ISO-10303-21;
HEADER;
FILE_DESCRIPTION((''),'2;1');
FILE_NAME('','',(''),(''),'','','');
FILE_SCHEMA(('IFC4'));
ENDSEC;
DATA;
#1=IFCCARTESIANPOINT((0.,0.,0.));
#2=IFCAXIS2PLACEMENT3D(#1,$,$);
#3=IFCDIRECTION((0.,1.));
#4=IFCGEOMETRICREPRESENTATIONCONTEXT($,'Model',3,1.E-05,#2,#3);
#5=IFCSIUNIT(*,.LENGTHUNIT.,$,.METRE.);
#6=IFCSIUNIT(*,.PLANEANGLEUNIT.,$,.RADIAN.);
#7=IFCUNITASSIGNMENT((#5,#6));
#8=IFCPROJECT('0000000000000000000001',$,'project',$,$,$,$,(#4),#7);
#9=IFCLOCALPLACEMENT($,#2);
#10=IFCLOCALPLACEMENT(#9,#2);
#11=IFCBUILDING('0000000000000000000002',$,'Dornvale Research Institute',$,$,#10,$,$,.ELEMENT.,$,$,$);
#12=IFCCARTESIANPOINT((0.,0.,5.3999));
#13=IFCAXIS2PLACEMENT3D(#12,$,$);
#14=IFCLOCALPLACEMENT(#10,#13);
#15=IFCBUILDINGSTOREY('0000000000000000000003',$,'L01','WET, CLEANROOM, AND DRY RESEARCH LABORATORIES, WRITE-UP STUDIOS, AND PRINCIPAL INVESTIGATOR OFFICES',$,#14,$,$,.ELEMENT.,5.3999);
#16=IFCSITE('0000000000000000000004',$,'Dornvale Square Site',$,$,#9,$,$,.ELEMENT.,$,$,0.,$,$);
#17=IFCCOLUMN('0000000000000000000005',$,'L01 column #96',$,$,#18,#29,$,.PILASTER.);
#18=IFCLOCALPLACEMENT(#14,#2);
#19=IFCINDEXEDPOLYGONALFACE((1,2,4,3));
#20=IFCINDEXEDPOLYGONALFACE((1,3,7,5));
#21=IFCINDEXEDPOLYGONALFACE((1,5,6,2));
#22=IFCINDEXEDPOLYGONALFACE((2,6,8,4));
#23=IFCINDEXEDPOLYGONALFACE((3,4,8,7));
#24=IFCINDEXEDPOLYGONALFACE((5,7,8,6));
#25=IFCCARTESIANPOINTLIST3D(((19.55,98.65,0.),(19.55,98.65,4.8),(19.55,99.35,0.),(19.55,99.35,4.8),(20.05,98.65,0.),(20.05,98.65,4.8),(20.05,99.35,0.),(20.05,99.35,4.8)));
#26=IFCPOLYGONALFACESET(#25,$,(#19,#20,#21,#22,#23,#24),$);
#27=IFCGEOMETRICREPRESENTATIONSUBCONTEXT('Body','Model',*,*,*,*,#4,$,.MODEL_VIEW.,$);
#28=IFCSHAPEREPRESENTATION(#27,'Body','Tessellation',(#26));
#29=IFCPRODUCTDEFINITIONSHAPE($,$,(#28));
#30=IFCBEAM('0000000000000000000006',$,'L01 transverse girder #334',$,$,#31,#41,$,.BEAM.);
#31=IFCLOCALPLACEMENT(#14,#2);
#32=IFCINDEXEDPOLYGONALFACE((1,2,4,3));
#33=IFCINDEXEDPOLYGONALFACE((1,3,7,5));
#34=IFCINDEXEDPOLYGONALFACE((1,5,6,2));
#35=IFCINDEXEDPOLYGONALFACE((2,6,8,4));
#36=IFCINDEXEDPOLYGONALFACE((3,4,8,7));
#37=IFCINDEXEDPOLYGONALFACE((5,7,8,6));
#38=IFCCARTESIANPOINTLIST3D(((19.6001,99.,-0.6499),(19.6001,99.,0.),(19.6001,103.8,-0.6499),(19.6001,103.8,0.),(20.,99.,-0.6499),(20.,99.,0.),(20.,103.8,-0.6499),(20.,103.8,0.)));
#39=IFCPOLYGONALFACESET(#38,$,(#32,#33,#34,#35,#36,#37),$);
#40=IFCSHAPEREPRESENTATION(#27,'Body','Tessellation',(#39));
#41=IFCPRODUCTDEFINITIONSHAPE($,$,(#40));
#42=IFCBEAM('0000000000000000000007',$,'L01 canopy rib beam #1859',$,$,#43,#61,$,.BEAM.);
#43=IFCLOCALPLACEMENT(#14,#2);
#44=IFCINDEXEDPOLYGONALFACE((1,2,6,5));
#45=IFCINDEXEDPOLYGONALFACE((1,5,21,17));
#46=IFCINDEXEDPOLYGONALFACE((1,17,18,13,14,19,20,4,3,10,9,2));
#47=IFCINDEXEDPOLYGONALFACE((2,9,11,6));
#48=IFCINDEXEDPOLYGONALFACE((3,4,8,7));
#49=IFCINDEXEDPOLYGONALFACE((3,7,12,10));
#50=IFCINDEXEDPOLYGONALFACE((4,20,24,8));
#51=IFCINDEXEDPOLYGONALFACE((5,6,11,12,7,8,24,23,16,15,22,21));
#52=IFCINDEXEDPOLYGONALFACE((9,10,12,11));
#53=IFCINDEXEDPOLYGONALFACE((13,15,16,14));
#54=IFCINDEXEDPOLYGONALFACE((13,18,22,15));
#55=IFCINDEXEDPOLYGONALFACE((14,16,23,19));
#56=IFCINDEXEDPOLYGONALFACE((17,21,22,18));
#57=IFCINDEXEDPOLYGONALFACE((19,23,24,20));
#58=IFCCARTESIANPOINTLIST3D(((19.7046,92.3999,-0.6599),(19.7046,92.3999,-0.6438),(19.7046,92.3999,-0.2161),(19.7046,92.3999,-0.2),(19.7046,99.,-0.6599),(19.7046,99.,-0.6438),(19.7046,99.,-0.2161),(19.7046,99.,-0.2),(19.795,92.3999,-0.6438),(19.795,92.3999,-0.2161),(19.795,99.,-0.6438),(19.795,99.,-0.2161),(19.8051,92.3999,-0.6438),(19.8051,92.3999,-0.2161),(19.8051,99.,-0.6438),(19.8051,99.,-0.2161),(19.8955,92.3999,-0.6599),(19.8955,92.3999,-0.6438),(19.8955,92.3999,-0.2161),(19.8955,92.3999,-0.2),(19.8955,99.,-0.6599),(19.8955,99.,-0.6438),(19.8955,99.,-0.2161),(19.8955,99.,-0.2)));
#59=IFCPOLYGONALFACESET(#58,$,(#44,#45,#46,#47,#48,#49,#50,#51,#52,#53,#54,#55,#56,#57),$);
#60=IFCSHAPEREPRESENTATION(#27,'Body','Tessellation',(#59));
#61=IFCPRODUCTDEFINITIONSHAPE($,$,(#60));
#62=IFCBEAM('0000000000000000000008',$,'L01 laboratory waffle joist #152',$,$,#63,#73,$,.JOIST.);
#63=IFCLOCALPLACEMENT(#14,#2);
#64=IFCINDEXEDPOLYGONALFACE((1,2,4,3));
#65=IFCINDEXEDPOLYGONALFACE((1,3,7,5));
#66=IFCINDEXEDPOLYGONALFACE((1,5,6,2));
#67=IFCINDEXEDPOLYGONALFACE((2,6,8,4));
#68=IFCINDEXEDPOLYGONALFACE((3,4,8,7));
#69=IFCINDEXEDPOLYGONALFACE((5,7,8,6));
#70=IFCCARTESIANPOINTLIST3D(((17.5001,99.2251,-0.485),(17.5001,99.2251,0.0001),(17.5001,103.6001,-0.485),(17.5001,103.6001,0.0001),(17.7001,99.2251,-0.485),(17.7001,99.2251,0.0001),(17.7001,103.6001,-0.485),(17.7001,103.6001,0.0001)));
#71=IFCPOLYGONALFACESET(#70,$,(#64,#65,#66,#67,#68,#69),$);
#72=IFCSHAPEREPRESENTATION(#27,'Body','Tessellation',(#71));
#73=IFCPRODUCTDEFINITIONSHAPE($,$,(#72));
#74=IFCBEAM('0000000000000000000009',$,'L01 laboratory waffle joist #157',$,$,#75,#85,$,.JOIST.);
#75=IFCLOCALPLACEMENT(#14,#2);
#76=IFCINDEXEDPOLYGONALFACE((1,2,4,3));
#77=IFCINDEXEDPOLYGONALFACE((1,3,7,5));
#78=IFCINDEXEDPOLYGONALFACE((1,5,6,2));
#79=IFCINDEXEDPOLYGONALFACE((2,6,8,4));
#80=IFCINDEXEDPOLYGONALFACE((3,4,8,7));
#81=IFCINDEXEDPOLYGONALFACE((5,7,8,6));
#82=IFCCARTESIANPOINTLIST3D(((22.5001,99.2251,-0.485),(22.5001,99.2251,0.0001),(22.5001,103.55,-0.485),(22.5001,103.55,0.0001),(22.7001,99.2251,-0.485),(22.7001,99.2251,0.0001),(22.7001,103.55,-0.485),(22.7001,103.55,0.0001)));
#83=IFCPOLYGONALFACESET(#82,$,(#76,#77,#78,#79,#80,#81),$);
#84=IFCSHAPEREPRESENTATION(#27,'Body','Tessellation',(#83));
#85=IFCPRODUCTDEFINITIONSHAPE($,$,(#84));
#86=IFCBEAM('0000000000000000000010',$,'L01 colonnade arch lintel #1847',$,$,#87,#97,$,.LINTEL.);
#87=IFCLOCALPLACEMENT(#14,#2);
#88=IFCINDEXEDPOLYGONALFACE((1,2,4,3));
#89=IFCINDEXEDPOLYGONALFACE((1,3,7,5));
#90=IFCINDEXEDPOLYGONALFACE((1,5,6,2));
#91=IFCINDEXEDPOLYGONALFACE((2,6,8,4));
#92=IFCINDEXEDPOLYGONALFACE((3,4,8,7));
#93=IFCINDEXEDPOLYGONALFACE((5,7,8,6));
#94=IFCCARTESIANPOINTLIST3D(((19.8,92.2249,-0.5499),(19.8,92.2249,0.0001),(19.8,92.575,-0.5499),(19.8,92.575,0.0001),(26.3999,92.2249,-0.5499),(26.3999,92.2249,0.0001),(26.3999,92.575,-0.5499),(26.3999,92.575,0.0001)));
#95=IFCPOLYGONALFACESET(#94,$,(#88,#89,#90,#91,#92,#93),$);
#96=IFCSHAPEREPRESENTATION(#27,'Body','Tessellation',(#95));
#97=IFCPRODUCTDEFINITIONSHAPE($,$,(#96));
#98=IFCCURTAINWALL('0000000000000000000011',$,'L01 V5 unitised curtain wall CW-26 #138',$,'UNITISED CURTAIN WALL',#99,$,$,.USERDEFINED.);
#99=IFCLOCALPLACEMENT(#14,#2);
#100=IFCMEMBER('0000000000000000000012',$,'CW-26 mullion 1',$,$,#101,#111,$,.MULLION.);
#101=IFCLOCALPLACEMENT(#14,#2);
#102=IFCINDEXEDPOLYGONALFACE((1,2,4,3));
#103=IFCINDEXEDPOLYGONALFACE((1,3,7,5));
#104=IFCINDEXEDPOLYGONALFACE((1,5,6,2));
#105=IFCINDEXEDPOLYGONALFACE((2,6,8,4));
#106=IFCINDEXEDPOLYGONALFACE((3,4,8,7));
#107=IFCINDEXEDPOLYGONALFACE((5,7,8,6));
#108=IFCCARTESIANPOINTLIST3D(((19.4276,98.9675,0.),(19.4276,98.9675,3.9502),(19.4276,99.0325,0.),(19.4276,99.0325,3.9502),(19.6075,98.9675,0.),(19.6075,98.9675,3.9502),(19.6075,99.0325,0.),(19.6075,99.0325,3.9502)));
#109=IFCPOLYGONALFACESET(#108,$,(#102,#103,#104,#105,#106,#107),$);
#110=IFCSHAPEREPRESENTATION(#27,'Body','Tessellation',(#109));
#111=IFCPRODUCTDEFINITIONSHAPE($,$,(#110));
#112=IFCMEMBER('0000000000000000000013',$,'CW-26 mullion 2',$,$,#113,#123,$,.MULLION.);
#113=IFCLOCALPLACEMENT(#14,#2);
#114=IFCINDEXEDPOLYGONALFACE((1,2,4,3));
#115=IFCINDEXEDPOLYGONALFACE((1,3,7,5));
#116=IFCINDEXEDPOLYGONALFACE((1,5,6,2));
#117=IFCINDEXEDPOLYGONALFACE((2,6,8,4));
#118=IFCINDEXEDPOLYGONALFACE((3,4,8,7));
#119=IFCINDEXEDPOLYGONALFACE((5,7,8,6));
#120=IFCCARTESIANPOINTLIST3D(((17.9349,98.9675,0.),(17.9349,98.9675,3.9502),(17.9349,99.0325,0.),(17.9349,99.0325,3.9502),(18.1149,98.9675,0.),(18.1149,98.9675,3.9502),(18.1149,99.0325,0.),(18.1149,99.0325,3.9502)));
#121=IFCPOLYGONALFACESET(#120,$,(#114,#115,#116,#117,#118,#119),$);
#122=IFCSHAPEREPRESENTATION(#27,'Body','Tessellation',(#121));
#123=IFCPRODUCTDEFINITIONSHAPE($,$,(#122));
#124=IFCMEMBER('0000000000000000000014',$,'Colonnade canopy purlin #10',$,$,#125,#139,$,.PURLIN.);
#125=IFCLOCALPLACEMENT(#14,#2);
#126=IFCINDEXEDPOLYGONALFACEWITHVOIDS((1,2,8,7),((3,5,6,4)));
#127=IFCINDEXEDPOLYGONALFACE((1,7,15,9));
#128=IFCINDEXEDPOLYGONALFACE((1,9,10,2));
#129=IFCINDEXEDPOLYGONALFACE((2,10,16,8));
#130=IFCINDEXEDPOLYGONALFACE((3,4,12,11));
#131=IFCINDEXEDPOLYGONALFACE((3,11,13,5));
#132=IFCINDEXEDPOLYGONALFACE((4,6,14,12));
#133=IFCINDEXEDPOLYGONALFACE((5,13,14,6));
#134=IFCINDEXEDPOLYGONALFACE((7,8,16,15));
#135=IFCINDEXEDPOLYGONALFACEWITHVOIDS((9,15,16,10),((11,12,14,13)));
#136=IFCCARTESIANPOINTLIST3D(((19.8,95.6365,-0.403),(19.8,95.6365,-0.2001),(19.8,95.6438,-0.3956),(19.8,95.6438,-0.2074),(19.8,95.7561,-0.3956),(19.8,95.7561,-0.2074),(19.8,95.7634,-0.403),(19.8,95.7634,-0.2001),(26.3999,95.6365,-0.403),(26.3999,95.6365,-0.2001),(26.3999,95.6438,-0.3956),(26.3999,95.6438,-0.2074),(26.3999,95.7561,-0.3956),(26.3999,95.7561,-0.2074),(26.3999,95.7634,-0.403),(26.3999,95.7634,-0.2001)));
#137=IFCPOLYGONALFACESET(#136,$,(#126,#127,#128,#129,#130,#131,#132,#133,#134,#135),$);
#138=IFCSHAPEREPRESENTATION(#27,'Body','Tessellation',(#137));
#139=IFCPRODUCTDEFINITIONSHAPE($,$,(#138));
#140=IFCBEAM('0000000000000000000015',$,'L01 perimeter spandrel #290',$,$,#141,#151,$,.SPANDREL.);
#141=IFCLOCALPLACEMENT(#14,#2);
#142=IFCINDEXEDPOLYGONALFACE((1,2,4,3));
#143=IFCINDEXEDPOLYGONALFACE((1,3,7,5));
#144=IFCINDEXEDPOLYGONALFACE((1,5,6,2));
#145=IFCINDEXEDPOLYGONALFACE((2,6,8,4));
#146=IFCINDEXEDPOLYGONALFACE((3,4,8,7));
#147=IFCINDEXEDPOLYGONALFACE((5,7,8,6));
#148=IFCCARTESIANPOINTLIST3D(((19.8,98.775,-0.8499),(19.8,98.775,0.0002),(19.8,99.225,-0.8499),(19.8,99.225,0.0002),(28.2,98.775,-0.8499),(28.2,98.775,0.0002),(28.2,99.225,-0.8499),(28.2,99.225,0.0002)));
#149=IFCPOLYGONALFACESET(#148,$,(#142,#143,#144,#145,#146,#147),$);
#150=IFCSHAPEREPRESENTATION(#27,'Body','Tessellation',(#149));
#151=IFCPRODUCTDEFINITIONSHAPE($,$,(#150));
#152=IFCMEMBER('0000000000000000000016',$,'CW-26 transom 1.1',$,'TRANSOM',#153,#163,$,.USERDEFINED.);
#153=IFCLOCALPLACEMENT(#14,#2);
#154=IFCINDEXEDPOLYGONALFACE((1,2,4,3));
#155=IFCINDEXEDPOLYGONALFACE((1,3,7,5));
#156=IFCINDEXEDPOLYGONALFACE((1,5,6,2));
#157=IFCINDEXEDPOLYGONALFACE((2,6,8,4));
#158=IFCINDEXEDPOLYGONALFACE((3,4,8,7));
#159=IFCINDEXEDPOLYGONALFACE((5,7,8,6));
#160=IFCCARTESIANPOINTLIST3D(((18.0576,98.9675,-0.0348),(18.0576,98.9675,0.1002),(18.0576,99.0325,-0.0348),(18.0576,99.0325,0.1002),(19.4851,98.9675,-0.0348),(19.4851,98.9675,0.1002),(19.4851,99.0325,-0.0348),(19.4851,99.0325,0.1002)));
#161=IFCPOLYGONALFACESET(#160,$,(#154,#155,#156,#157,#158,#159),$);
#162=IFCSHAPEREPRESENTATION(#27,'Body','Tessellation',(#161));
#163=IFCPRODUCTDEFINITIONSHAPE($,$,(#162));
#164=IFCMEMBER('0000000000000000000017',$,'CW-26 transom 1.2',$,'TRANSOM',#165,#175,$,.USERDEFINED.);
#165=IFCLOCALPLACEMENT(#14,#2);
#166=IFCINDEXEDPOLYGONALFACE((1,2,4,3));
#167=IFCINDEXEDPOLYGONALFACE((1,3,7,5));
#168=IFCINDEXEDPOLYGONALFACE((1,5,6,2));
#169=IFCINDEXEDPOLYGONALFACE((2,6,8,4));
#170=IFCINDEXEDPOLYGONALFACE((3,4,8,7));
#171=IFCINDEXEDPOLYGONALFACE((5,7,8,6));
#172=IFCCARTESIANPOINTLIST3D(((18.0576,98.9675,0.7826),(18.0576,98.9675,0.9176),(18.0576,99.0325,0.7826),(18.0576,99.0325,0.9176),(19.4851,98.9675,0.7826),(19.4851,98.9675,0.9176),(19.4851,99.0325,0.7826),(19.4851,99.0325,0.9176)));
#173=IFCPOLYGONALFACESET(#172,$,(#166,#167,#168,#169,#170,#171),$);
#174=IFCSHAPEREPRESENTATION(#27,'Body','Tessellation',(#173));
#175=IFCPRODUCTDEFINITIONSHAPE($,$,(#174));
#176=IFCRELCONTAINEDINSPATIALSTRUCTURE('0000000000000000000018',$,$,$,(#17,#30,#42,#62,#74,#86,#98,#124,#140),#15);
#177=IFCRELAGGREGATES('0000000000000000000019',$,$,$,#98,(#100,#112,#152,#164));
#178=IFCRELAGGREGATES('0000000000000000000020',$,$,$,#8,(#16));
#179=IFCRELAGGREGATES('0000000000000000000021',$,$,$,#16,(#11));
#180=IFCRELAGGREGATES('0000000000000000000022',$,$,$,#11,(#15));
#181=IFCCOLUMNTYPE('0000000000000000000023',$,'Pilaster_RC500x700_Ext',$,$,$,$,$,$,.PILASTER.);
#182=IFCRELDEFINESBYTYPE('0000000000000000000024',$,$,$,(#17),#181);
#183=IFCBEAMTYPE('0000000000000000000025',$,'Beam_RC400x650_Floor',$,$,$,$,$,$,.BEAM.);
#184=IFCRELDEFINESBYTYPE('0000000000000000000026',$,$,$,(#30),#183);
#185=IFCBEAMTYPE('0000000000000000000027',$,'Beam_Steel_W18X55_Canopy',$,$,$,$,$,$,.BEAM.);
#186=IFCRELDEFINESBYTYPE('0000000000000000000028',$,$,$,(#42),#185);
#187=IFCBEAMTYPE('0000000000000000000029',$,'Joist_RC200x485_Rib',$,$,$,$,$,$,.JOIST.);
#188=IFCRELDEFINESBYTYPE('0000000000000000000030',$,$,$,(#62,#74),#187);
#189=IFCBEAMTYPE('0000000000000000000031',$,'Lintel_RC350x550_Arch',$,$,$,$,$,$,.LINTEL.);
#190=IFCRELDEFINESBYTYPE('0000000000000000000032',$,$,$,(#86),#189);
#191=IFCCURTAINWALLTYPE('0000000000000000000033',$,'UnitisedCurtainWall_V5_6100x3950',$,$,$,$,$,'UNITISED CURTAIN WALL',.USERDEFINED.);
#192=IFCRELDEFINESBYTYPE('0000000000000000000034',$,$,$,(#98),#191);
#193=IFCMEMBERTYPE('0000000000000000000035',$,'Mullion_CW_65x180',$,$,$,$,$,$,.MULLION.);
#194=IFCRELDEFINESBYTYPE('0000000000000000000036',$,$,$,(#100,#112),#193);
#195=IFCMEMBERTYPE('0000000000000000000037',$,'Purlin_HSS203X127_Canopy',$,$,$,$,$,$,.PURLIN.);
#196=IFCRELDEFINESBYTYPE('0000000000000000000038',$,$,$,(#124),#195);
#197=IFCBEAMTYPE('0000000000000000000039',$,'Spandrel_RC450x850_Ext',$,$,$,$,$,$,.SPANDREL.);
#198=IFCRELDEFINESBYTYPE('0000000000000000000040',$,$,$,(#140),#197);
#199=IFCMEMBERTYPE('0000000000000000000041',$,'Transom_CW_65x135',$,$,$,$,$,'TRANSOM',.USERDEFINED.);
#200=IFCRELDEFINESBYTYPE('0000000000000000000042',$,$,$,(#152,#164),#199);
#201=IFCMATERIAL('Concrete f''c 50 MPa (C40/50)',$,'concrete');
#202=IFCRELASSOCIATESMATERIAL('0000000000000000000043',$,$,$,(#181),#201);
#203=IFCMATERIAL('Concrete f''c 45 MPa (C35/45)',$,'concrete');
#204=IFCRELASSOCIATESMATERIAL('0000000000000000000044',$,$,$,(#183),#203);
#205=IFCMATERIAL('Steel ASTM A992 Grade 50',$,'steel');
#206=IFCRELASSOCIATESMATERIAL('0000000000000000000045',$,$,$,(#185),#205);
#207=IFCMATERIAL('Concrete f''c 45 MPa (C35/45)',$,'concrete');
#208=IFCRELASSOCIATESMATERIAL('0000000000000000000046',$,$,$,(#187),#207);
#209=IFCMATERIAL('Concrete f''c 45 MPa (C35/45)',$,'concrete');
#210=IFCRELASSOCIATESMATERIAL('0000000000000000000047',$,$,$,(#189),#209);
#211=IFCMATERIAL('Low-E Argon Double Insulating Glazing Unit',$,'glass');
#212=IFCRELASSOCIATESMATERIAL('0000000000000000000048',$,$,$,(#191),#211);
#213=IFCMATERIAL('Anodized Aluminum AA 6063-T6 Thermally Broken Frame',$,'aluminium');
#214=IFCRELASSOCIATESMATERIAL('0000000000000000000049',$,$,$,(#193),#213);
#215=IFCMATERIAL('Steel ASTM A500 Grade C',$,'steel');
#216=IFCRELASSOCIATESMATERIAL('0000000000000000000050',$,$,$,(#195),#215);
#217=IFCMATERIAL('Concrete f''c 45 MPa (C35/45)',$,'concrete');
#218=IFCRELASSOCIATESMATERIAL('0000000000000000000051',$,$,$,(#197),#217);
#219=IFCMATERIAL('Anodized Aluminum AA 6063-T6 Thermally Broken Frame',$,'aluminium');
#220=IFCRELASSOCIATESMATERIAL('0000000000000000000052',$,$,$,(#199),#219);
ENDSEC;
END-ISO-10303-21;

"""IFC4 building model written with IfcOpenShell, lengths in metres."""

from ifc_helpers import new_model, si_unit, direction, frame, origin, origin_2d, place, context, subcontext, project, spatial, rectangle, hollow_rectangle, i_section, extrude, material, material_profile, profile_set, type_object, element, aggregate, save


model = new_model("IFC4")

# Units and contexts
model_context = context("Model", 3, precision=1e-05, world=origin(), true_north=direction((0.0, 1.0)))
body_context = subcontext(model_context, "Body", "Model", "MODEL_VIEW")
ifc_project = project(units=[si_unit("LENGTHUNIT", "METRE"), si_unit("PLANEANGLEUNIT", "RADIAN")], contexts=[model_context])

# Site, building, storey
site_placement = place(None, origin())
site = spatial("IfcSite", under=ifc_project, at=site_placement, Name="Dornvale Square Site", CompositionType="ELEMENT", RefElevation=0.0)
building_placement = place(site_placement, origin())
building = spatial("IfcBuilding", under=site, at=building_placement, Name="Dornvale Research Institute", CompositionType="ELEMENT")
storey_placement = place(building_placement, frame((0.0, 0.0, 5.3999)))
storey = spatial("IfcBuildingStorey", under=building, at=storey_placement, Name="L01", Description="WET, CLEANROOM, AND DRY RESEARCH LABORATORIES, WRITE-UP STUDIOS, AND PRINCIPAL INVESTIGATOR OFFICES", CompositionType="ELEMENT", Elevation=5.3999)

# Column
ifc_material_1 = material(Name="Concrete f'c 50 MPa (C40/50)", Category="concrete")
ifc_material_profile_1 = material_profile(ifc_material_1, rectangle(XDim=0.5, YDim=0.7, at=origin_2d()), Name="RC 500x700")
ifc_profile_set_1 = profile_set([ifc_material_profile_1], Name="Concrete f'c 50 MPa (C40/50)")
column_type = type_object("IfcColumnType", Name="Pilaster_RC500x700_Ext", PredefinedType="PILASTER", material=ifc_profile_set_1)
column_placement = place(storey_placement, frame((19.8, 99.0, 0.0), z_axis=(0.0, 0.0, 1.0), x_axis=(1.0, 0.0, 0.0)))
element("IfcColumn", 1, at=column_placement, inside=storey, type_object=column_type, Name="L01 column #96", PredefinedType="PILASTER", context=body_context, shape_type="SweptSolid", body=[
    extrude(rectangle(XDim=0.5, YDim=0.7, at=origin_2d()), origin(), (0.0, 0.0, 1.0), 4.8),
])

# Beams
ifc_material_2 = material(Name="Concrete f'c 45 MPa (C35/45)", Category="concrete")
ifc_material_profile_2 = material_profile(ifc_material_2, rectangle(XDim=0.3999, YDim=0.6499, at=origin_2d()), Name="RC 400x650")
ifc_profile_set_2 = profile_set([ifc_material_profile_2], Name="Concrete f'c 45 MPa (C35/45)")
beam_type_1 = type_object("IfcBeamType", Name="Beam_RC400x650_Floor", PredefinedType="BEAM", material=ifc_profile_set_2)
beam_1_placement = place(storey_placement, frame((19.8, 99.0, -0.325), z_axis=(0.0, 1.0, 0.0), x_axis=(-1.0, 0.0, 0.0)))
element("IfcBeam", 2, at=beam_1_placement, inside=storey, type_object=beam_type_1, Name="L01 transverse girder #334", PredefinedType="BEAM", context=body_context, shape_type="SweptSolid", body=[
    extrude(rectangle(XDim=0.3999, YDim=0.6499, at=origin_2d()), origin(), (0.0, 0.0, 1.0), 4.8),
])
ifc_material_3 = material(Name="Steel ASTM A992 Grade 50", Category="steel")
ifc_material_profile_3 = material_profile(ifc_material_3, i_section(OverallWidth=0.1909, OverallDepth=0.46, WebThickness=0.01, FlangeThickness=0.0161, at=origin_2d()), Name="W18X55")
ifc_profile_set_3 = profile_set([ifc_material_profile_3], Name="Steel ASTM A992 Grade 50")
beam_type_2 = type_object("IfcBeamType", Name="Beam_Steel_W18X55_Canopy", PredefinedType="BEAM", material=ifc_profile_set_3)
beam_2_placement = place(storey_placement, frame((19.8, 92.3999, -0.4299), z_axis=(0.0, 1.0, 0.0), x_axis=(-1.0, 0.0, 0.0)))
element("IfcBeam", 3, at=beam_2_placement, inside=storey, type_object=beam_type_2, Name="L01 canopy rib beam #1859", PredefinedType="BEAM", context=body_context, shape_type="SweptSolid", body=[
    extrude(i_section(OverallWidth=0.1909, OverallDepth=0.46, WebThickness=0.01, FlangeThickness=0.0161, at=origin_2d()), origin(), (0.0, 0.0, 1.0), 6.6001),
])
ifc_material_4 = material(Name="Concrete f'c 45 MPa (C35/45)", Category="concrete")
ifc_material_profile_4 = material_profile(ifc_material_4, rectangle(XDim=0.2, YDim=0.4851, at=origin_2d()), Name="RC 200x485")
ifc_profile_set_4 = profile_set([ifc_material_profile_4], Name="Concrete f'c 45 MPa (C35/45)")
beam_type_3 = type_object("IfcBeamType", Name="Joist_RC200x485_Rib", PredefinedType="JOIST", material=ifc_profile_set_4)
beam_3_placement = place(storey_placement, frame((17.6001, 99.2251, -0.2424), z_axis=(0.0, 1.0, 0.0), x_axis=(-1.0, 0.0, 0.0)))
element("IfcBeam", 4, at=beam_3_placement, inside=storey, type_object=beam_type_3, Name="L01 laboratory waffle joist #152", PredefinedType="JOIST", context=body_context, shape_type="SweptSolid", body=[
    extrude(rectangle(XDim=0.2, YDim=0.4851, at=origin_2d()), origin(), (0.0, 0.0, 1.0), 4.375),
])
beam_4_placement = place(storey_placement, frame((22.6001, 99.2251, -0.2424), z_axis=(0.0, 1.0, 0.0), x_axis=(-1.0, 0.0, 0.0)))
element("IfcBeam", 5, at=beam_4_placement, inside=storey, type_object=beam_type_3, Name="L01 laboratory waffle joist #157", PredefinedType="JOIST", context=body_context, shape_type="SweptSolid", body=[
    extrude(rectangle(XDim=0.2, YDim=0.4851, at=origin_2d()), origin(), (0.0, 0.0, 1.0), 4.325),
])
ifc_material_5 = material(Name="Concrete f'c 45 MPa (C35/45)", Category="concrete")
ifc_material_profile_5 = material_profile(ifc_material_5, rectangle(XDim=0.3501, YDim=0.55, at=origin_2d()), Name="RC 350x550")
ifc_profile_set_5 = profile_set([ifc_material_profile_5], Name="Concrete f'c 45 MPa (C35/45)")
beam_type_4 = type_object("IfcBeamType", Name="Lintel_RC350x550_Arch", PredefinedType="LINTEL", material=ifc_profile_set_5)
beam_5_placement = place(storey_placement, frame((19.8, 92.3999, -0.2749), z_axis=(1.0, 0.0, 0.0), x_axis=(0.0, 1.0, 0.0)))
element("IfcBeam", 6, at=beam_5_placement, inside=storey, type_object=beam_type_4, Name="L01 colonnade arch lintel #1847", PredefinedType="LINTEL", context=body_context, shape_type="SweptSolid", body=[
    extrude(rectangle(XDim=0.3501, YDim=0.55, at=origin_2d()), origin(), (0.0, 0.0, 1.0), 6.5999),
])

# Curtain wall, members
ifc_material_6 = material(Name="Low-E Argon Double Insulating Glazing Unit", Category="glass")
curtain_wall_type = type_object("IfcCurtainWallType", Name="UnitisedCurtainWall_V5_6100x3950", ElementType="UNITISED CURTAIN WALL", PredefinedType="USERDEFINED", material=ifc_material_6)
curtain_wall_placement = place(storey_placement, origin())
curtain_wall = element("IfcCurtainWall", 7, at=curtain_wall_placement, inside=storey, type_object=curtain_wall_type, Name="L01 V5 unitised curtain wall CW-26 #138", ObjectType="UNITISED CURTAIN WALL", PredefinedType="USERDEFINED")
ifc_material_7 = material(Name="Anodized Aluminum AA 6063-T6 Thermally Broken Frame", Category="aluminium")
ifc_material_profile_6 = material_profile(ifc_material_7, rectangle(XDim=0.0649, YDim=0.1799, at=origin_2d()), Name="ALU MULLION 65x180")
ifc_profile_set_6 = profile_set([ifc_material_profile_6], Name="Anodized Aluminum AA 6063-T6 Thermally Broken Frame")
member_type_1 = type_object("IfcMemberType", Name="Mullion_CW_65x180", PredefinedType="MULLION", material=ifc_profile_set_6)
member_1_placement = place(storey_placement, frame((19.5176, 99.0, 0.0), z_axis=(0.0, 0.0, 1.0), x_axis=(0.0, -1.0, 0.0)))
member_1 = element("IfcMember", 8, at=member_1_placement, type_object=member_type_1, Name="CW-26 mullion 1", PredefinedType="MULLION", context=body_context, shape_type="SweptSolid", body=[
    extrude(rectangle(XDim=0.0649, YDim=0.1799, at=origin_2d()), origin(), (0.0, 0.0, 1.0), 3.9502),
])
member_2_placement = place(storey_placement, frame((18.0249, 99.0, 0.0), z_axis=(0.0, 0.0, 1.0), x_axis=(0.0, -1.0, 0.0)))
member_2 = element("IfcMember", 9, at=member_2_placement, type_object=member_type_1, Name="CW-26 mullion 2", PredefinedType="MULLION", context=body_context, shape_type="SweptSolid", body=[
    extrude(rectangle(XDim=0.0649, YDim=0.1799, at=origin_2d()), origin(), (0.0, 0.0, 1.0), 3.9502),
])

# Member
ifc_material_8 = material(Name="Steel ASTM A500 Grade C", Category="steel")
ifc_material_profile_7 = material_profile(ifc_material_8, hollow_rectangle(XDim=0.127, YDim=0.2029, WallThickness=0.0073, at=origin_2d()), Name="HSS203X127X7.9")
ifc_profile_set_7 = profile_set([ifc_material_profile_7], Name="Steel ASTM A500 Grade C")
member_type_2 = type_object("IfcMemberType", Name="Purlin_HSS203X127_Canopy", PredefinedType="PURLIN", material=ifc_profile_set_7)
member_3_placement = place(storey_placement, frame((19.8, 95.7, -0.3015), z_axis=(1.0, 0.0, 0.0), x_axis=(0.0, 1.0, 0.0)))
element("IfcMember", 10, at=member_3_placement, inside=storey, type_object=member_type_2, Name="Colonnade canopy purlin #10", PredefinedType="PURLIN", context=body_context, shape_type="SweptSolid", body=[
    extrude(hollow_rectangle(XDim=0.127, YDim=0.2029, WallThickness=0.0073, at=origin_2d()), origin(), (0.0, 0.0, 1.0), 6.5999),
])

# Beam
ifc_material_9 = material(Name="Concrete f'c 45 MPa (C35/45)", Category="concrete")
ifc_material_profile_8 = material_profile(ifc_material_9, rectangle(XDim=0.45, YDim=0.8501, at=origin_2d()), Name="RC 450x850")
ifc_profile_set_8 = profile_set([ifc_material_profile_8], Name="Concrete f'c 45 MPa (C35/45)")
beam_type_5 = type_object("IfcBeamType", Name="Spandrel_RC450x850_Ext", PredefinedType="SPANDREL", material=ifc_profile_set_8)
beam_6_placement = place(storey_placement, frame((19.8, 99.0, -0.4248), z_axis=(1.0, 0.0, 0.0), x_axis=(0.0, 1.0, 0.0)))
element("IfcBeam", 11, at=beam_6_placement, inside=storey, type_object=beam_type_5, Name="L01 perimeter spandrel #290", PredefinedType="SPANDREL", context=body_context, shape_type="SweptSolid", body=[
    extrude(rectangle(XDim=0.45, YDim=0.8501, at=origin_2d()), origin(), (0.0, 0.0, 1.0), 8.3999),
])

# Members
ifc_material_10 = material(Name="Anodized Aluminum AA 6063-T6 Thermally Broken Frame", Category="aluminium")
ifc_material_profile_9 = material_profile(ifc_material_10, rectangle(XDim=0.0649, YDim=0.135, at=origin_2d()), Name="ALU TRANSOM 65x135")
ifc_profile_set_9 = profile_set([ifc_material_profile_9], Name="Anodized Aluminum AA 6063-T6 Thermally Broken Frame")
member_type_3 = type_object("IfcMemberType", Name="Transom_CW_65x135", ElementType="TRANSOM", PredefinedType="USERDEFINED", material=ifc_profile_set_9)
member_4_placement = place(storey_placement, frame((19.4851, 99.0, 0.0327), z_axis=(-1.0, 0.0, 0.0), x_axis=(0.0, -1.0, 0.0)))
member_4 = element("IfcMember", 12, at=member_4_placement, type_object=member_type_3, Name="CW-26 transom 1.1", ObjectType="TRANSOM", PredefinedType="USERDEFINED", context=body_context, shape_type="SweptSolid", body=[
    extrude(rectangle(XDim=0.0649, YDim=0.135, at=origin_2d()), origin(), (0.0, 0.0, 1.0), 1.4275),
])
member_5_placement = place(storey_placement, frame((19.4851, 99.0, 0.8501), z_axis=(-1.0, 0.0, 0.0), x_axis=(0.0, -1.0, 0.0)))
member_5 = element("IfcMember", 13, at=member_5_placement, type_object=member_type_3, Name="CW-26 transom 1.2", ObjectType="TRANSOM", PredefinedType="USERDEFINED", context=body_context, shape_type="SweptSolid", body=[
    extrude(rectangle(XDim=0.0649, YDim=0.135, at=origin_2d()), origin(), (0.0, 0.0, 1.0), 1.4275),
])

aggregate(curtain_wall, [member_1, member_2, member_4, member_5])

save(model, "model.ifc")
